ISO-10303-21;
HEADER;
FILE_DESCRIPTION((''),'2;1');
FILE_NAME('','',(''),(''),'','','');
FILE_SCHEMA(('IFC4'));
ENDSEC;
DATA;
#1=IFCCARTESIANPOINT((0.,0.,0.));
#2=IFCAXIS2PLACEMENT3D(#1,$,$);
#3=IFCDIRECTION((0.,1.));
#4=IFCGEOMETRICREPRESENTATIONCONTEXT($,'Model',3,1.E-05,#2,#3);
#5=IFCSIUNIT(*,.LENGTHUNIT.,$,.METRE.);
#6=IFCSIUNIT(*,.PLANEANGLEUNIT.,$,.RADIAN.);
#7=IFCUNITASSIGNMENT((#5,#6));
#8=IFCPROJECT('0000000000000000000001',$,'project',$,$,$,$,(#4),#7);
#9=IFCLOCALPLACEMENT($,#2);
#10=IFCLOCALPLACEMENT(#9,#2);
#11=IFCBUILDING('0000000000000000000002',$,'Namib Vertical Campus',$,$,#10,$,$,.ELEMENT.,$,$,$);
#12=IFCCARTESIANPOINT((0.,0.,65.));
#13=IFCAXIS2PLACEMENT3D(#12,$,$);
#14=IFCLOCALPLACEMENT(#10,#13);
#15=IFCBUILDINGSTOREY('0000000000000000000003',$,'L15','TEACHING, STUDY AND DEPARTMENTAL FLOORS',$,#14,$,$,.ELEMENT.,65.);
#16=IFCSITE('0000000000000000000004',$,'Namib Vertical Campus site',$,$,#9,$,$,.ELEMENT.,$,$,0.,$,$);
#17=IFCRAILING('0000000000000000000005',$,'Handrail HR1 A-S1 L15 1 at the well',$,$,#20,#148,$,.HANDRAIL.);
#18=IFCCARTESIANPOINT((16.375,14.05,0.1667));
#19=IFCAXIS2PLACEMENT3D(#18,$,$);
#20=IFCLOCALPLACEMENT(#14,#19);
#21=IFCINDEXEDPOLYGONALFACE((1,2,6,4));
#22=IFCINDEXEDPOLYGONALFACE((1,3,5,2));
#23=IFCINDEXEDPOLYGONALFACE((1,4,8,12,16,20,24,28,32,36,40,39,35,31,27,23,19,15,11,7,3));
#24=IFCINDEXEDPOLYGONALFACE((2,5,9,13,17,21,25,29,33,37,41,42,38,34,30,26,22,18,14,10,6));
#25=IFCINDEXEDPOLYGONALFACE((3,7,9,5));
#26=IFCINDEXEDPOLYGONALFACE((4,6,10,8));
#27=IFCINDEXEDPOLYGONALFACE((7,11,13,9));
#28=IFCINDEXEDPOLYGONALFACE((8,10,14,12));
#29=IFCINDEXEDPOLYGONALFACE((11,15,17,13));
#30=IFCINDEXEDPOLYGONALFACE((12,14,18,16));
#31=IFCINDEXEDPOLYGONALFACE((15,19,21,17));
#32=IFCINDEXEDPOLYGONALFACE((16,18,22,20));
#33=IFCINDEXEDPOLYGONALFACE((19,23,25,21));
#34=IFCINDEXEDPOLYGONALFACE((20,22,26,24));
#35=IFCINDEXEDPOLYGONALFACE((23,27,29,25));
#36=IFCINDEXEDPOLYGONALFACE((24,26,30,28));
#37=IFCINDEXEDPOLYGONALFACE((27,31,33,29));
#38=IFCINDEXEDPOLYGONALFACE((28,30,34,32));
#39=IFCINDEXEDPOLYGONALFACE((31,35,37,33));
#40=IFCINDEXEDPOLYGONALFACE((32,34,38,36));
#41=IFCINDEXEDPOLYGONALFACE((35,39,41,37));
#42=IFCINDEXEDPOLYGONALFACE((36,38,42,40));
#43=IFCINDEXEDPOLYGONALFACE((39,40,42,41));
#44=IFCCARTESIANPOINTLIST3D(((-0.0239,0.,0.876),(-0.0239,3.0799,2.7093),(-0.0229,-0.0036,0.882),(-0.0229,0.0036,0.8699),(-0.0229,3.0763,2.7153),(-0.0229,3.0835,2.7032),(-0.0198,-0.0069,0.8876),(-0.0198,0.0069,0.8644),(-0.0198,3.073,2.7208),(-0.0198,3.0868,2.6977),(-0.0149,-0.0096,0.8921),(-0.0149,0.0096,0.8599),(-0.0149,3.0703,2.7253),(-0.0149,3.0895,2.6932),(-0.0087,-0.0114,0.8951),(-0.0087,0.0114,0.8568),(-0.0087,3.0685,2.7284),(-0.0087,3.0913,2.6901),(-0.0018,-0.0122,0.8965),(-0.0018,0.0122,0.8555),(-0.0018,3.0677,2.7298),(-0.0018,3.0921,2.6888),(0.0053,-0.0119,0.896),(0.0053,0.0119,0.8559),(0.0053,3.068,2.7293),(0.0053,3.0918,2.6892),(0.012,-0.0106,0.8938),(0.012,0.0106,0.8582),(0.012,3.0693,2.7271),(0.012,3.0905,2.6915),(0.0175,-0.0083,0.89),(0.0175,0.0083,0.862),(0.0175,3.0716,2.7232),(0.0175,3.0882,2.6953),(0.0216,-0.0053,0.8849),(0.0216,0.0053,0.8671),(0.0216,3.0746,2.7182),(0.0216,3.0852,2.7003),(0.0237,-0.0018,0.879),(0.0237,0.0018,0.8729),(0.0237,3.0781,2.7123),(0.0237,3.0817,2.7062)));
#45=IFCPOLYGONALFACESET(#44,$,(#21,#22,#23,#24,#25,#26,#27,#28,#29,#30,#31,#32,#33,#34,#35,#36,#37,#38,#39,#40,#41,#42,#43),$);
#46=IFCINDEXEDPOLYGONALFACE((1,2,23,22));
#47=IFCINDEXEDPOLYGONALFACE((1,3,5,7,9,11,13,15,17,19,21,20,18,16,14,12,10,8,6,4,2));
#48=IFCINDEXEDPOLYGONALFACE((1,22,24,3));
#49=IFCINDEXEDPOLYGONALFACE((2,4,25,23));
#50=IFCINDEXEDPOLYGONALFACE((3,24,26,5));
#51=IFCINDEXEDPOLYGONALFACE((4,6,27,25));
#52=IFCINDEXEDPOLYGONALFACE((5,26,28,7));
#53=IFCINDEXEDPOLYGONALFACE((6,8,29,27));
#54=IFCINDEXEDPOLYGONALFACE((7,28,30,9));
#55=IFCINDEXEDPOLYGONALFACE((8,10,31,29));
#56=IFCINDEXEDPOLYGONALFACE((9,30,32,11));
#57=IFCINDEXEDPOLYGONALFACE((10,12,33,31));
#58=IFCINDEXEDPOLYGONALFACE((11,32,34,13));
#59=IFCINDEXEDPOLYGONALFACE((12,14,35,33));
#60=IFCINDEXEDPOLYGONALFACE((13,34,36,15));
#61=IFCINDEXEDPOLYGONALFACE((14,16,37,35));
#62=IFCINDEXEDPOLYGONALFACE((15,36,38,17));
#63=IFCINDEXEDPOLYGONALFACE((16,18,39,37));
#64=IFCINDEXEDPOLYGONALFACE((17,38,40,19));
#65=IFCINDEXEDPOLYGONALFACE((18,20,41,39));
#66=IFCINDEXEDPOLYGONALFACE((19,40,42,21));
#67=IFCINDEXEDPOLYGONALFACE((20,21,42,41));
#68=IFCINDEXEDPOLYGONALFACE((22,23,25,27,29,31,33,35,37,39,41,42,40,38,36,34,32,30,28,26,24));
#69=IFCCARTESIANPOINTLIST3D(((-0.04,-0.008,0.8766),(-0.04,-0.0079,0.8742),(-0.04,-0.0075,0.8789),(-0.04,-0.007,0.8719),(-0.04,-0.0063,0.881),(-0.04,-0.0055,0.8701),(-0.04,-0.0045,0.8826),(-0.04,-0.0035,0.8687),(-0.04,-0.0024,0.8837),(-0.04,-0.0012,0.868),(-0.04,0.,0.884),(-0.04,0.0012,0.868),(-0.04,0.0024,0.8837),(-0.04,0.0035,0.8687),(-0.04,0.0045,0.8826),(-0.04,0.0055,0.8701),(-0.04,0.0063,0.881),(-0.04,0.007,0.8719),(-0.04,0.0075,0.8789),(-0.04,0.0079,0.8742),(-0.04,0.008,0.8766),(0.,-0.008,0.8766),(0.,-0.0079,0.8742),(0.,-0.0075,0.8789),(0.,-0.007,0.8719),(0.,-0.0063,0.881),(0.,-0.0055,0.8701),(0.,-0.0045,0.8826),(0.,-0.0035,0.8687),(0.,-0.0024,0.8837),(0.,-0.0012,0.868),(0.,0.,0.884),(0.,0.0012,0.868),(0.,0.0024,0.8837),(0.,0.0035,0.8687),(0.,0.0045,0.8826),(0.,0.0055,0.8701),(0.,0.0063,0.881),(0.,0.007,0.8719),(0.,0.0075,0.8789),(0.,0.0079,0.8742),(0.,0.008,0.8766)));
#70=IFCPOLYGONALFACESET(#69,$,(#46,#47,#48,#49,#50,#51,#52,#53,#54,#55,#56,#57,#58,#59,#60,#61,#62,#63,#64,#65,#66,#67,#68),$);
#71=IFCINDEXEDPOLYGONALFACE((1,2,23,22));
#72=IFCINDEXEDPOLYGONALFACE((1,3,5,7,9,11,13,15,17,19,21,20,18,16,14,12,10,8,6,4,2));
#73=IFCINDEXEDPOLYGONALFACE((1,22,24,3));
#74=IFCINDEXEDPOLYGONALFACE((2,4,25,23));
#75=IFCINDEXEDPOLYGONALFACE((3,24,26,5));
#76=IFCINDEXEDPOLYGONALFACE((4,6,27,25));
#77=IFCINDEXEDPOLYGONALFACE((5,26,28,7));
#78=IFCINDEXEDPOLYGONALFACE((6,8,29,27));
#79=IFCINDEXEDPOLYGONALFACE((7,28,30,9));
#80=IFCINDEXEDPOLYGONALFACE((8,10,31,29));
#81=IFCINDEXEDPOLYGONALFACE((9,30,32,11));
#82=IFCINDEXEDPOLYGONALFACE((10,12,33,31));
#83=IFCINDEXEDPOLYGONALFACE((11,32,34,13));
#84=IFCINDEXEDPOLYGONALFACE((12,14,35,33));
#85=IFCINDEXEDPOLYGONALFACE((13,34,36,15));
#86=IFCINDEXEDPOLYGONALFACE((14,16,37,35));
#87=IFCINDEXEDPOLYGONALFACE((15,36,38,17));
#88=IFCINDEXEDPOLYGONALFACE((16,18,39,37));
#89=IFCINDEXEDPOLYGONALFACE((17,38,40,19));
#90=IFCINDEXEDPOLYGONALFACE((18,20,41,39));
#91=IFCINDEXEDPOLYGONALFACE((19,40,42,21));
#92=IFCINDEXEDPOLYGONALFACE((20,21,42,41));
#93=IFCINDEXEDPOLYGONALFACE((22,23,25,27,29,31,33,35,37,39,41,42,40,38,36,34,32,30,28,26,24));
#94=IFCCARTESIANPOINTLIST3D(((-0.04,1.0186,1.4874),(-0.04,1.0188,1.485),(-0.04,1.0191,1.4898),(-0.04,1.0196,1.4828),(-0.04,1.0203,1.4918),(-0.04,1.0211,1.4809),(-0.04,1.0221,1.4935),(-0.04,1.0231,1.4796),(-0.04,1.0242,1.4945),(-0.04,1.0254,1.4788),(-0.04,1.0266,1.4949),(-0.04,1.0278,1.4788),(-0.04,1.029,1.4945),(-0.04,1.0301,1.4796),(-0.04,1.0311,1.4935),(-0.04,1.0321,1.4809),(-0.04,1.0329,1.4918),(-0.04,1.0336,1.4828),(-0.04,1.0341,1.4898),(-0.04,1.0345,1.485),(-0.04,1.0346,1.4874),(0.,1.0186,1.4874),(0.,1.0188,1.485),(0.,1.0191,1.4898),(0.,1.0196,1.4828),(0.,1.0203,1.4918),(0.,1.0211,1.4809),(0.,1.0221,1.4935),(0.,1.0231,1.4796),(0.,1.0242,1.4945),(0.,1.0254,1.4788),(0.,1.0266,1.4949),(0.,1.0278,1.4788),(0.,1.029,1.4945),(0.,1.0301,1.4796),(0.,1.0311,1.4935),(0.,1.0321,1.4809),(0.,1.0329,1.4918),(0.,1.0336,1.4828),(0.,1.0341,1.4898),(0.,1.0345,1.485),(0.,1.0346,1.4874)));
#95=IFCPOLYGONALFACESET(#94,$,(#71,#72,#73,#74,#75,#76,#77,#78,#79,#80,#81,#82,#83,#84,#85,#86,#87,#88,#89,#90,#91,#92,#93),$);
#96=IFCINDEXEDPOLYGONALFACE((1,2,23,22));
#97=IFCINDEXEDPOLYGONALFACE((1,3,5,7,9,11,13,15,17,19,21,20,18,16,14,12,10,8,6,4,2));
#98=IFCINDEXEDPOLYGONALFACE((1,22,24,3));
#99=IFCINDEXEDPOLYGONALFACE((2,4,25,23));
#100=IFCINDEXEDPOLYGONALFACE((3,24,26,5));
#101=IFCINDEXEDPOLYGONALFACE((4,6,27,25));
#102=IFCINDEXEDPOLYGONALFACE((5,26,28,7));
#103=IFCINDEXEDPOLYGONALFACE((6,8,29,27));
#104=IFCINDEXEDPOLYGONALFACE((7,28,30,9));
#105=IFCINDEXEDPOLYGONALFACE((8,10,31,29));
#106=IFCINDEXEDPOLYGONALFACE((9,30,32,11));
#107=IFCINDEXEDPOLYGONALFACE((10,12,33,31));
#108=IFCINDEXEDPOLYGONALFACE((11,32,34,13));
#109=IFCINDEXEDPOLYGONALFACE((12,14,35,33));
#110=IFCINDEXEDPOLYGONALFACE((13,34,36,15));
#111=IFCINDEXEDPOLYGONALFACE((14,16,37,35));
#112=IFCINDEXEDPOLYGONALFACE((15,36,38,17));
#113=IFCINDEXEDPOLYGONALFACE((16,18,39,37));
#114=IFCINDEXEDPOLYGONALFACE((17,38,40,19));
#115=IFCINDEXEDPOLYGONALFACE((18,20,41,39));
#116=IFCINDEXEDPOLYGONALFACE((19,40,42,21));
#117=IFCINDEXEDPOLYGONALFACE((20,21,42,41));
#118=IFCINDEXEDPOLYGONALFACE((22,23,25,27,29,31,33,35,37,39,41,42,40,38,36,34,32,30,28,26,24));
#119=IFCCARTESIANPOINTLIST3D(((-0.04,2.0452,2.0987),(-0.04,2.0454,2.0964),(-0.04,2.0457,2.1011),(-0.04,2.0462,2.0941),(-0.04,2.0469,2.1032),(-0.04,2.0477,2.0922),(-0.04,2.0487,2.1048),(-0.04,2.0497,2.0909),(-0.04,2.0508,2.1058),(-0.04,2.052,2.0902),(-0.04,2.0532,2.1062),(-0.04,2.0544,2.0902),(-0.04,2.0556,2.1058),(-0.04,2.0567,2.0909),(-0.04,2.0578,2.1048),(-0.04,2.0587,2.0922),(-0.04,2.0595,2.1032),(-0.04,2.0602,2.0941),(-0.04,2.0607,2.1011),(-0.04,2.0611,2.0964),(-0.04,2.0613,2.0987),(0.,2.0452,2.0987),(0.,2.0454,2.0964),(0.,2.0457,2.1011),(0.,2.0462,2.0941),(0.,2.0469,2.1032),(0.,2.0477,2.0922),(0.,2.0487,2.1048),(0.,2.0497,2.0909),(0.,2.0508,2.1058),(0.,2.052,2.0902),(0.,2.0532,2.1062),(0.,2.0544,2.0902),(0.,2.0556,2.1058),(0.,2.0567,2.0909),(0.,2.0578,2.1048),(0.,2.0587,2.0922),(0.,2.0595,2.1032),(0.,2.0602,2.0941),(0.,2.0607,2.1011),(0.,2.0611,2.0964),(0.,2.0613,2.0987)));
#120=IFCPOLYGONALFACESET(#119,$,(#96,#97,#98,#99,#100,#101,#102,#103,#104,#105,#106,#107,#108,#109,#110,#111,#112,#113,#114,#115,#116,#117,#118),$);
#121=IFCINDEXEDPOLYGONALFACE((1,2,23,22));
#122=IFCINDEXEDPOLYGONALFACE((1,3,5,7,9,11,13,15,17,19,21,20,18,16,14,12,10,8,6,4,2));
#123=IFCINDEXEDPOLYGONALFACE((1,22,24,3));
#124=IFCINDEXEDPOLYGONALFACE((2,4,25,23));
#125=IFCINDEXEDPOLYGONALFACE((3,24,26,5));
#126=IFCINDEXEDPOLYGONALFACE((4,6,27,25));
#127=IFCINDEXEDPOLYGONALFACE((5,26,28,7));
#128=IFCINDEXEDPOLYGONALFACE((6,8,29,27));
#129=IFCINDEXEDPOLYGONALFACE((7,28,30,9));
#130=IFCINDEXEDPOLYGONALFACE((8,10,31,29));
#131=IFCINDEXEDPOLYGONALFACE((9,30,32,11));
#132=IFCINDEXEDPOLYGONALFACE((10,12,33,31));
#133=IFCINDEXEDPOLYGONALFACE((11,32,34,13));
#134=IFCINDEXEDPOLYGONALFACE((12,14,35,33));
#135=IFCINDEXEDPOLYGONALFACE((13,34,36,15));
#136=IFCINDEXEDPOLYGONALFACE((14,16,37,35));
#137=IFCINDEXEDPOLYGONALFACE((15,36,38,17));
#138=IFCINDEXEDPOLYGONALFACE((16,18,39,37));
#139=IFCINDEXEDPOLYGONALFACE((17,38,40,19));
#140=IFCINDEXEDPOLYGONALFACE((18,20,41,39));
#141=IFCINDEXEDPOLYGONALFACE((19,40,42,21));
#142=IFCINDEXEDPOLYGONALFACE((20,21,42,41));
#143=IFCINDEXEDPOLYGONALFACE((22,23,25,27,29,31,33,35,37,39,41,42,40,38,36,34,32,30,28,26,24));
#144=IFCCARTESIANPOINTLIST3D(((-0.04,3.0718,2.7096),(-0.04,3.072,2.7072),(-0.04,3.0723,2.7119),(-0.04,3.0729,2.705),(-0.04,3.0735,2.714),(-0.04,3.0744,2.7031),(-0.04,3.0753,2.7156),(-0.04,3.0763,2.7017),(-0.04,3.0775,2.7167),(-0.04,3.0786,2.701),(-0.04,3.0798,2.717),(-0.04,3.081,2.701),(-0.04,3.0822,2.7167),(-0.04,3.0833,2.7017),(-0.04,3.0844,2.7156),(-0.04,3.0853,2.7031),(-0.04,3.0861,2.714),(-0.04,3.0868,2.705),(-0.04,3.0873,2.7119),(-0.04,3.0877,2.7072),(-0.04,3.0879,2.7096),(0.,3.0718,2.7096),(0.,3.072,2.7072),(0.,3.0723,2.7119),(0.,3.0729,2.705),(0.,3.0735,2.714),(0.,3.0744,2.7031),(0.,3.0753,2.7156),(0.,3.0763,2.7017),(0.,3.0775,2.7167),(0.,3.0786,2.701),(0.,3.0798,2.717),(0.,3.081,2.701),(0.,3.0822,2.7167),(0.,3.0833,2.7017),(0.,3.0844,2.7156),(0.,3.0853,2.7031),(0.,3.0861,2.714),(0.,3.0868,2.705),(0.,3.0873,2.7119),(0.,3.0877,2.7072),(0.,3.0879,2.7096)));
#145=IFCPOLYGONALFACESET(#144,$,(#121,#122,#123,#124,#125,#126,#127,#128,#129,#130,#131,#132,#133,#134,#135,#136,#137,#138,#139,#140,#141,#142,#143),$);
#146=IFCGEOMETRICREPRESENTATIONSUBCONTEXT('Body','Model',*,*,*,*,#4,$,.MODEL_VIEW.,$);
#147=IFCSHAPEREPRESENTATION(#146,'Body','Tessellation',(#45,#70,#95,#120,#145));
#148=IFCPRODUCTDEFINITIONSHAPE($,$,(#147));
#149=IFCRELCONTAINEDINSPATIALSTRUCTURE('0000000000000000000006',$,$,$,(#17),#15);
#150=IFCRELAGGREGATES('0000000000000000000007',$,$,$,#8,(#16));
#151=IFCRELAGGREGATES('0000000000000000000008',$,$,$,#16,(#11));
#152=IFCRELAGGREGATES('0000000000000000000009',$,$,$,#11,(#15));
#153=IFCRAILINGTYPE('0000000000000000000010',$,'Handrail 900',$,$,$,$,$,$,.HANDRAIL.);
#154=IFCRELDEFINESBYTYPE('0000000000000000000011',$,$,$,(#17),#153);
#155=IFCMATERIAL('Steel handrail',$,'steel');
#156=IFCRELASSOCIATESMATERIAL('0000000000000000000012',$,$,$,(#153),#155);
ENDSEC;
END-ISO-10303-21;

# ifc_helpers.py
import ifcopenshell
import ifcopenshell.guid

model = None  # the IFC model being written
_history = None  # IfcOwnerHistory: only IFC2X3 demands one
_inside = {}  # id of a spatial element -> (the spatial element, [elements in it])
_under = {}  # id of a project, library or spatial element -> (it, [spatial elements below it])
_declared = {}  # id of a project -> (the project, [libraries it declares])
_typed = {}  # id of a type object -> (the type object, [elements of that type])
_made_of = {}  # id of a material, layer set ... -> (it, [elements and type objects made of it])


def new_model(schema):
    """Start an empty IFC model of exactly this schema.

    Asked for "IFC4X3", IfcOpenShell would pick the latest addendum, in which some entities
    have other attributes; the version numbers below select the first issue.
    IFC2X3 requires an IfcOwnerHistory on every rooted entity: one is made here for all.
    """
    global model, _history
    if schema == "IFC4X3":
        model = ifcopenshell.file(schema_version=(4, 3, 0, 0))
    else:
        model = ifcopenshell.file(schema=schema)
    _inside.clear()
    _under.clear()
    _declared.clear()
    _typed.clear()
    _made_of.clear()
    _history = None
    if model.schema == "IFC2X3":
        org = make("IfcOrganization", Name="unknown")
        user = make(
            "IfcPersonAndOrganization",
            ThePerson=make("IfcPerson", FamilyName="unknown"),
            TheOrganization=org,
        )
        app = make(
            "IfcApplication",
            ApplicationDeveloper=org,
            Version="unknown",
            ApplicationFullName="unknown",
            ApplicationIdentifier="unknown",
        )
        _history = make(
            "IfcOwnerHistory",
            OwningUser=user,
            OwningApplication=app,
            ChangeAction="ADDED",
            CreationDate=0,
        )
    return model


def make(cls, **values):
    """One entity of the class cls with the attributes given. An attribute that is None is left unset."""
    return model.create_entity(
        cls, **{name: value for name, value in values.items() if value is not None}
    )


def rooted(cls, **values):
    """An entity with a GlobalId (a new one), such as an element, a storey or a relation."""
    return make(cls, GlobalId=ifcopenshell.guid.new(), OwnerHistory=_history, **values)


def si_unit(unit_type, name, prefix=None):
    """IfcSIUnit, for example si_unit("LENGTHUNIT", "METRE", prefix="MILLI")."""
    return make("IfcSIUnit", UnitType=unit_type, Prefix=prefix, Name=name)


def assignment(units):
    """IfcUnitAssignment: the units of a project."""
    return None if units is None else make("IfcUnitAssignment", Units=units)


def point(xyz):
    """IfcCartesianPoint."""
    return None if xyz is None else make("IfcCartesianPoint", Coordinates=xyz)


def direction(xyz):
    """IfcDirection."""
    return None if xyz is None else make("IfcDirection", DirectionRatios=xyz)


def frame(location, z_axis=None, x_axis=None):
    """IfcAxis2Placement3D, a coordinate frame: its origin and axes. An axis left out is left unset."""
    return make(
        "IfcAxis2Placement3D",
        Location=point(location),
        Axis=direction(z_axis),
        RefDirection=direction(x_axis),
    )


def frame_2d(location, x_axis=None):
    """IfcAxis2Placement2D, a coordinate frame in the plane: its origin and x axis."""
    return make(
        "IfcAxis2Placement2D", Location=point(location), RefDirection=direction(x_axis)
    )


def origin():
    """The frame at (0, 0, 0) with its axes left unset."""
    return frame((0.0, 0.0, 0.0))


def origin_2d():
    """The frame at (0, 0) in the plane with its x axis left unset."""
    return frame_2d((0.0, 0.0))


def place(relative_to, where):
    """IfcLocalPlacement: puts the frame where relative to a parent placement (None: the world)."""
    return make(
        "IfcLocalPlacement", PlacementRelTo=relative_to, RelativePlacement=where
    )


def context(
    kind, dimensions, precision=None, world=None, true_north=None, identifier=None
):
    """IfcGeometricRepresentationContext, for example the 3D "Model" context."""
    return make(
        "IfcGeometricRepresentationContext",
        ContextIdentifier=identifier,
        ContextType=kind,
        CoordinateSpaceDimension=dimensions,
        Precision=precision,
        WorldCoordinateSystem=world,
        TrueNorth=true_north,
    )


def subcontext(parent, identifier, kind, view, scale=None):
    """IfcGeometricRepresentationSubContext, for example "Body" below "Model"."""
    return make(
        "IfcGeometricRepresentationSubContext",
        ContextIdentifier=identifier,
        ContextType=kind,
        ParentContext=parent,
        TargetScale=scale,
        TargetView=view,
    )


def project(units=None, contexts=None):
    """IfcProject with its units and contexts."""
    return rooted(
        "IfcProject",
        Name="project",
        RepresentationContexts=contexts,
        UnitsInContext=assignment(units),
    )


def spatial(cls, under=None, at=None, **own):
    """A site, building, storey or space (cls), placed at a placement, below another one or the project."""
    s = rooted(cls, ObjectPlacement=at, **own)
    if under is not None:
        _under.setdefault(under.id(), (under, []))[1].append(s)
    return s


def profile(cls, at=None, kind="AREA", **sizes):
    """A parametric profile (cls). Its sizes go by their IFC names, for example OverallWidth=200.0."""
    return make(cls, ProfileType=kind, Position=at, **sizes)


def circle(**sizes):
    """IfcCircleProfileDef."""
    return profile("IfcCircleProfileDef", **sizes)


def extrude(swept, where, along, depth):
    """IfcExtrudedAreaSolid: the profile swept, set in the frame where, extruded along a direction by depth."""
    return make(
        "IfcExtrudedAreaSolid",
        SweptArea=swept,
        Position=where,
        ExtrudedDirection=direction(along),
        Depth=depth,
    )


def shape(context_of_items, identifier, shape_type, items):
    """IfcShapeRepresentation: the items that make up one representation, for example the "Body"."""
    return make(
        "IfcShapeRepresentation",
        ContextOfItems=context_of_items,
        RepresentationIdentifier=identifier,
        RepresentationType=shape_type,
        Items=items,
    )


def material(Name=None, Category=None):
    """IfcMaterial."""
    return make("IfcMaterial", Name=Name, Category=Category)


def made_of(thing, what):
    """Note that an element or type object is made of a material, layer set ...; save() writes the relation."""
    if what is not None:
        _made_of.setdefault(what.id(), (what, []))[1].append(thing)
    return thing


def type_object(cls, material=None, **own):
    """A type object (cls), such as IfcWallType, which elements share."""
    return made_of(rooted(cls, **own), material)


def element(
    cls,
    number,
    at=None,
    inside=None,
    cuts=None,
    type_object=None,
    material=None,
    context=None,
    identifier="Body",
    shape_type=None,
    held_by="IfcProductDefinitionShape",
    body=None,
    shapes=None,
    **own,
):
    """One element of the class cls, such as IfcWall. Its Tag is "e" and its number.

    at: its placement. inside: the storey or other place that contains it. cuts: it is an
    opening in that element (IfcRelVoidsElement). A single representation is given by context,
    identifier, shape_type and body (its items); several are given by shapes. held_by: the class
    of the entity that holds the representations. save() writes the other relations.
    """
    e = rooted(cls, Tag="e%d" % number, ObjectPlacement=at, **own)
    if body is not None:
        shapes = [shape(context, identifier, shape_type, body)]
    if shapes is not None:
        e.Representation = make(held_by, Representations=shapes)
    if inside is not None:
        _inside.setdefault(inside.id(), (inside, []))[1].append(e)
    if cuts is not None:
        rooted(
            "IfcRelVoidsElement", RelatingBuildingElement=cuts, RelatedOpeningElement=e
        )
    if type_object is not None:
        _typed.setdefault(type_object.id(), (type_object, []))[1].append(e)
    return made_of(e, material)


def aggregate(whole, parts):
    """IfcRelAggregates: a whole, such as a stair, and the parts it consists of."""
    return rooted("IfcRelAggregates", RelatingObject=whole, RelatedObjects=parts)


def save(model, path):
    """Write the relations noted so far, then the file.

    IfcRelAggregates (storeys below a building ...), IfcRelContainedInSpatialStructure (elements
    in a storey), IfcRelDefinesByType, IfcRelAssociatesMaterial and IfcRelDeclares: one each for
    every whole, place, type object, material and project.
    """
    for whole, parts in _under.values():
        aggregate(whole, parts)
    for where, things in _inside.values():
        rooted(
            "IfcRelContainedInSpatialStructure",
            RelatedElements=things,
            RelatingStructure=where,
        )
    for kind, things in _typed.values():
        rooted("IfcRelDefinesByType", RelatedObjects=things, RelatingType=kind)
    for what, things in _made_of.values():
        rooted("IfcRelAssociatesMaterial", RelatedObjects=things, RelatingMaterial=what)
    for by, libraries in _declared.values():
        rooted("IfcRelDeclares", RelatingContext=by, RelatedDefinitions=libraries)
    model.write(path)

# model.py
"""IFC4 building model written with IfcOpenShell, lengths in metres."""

from ifc_helpers import new_model, si_unit, direction, frame, origin, origin_2d, place, context, subcontext, project, spatial, circle, extrude, material, type_object, element, save


model = new_model("IFC4")

# Units and contexts
model_context = context("Model", 3, precision=1e-05, world=origin(), true_north=direction((0.0, 1.0)))
body_context = subcontext(model_context, "Body", "Model", "MODEL_VIEW")
ifc_project = project(units=[si_unit("LENGTHUNIT", "METRE"), si_unit("PLANEANGLEUNIT", "RADIAN")], contexts=[model_context])

# Site, building, storey
site_placement = place(None, origin())
site = spatial("IfcSite", under=ifc_project, at=site_placement, Name="Namib Vertical Campus site", CompositionType="ELEMENT", RefElevation=0.0)
building_placement = place(site_placement, origin())
building = spatial("IfcBuilding", under=site, at=building_placement, Name="Namib Vertical Campus", CompositionType="ELEMENT")
storey_placement = place(building_placement, frame((0.0, 0.0, 65.0)))
storey = spatial("IfcBuildingStorey", under=building, at=storey_placement, Name="L15", Description="TEACHING, STUDY AND DEPARTMENTAL FLOORS", CompositionType="ELEMENT", Elevation=65.0)

# Railing
ifc_material_1 = material(Name="Steel handrail", Category="steel")
railing_type_1 = type_object("IfcRailingType", Name="Handrail 900", PredefinedType="HANDRAIL", material=ifc_material_1)
railing_1_placement = place(storey_placement, frame((16.375, 14.05, 0.1667)))
element("IfcRailing", 1, at=railing_1_placement, inside=storey, type_object=railing_type_1, Name="Handrail HR1 A-S1 L15 1 at the well", PredefinedType="HANDRAIL", context=body_context, shape_type="SweptSolid", body=[
    extrude(circle(Radius=0.0239, at=origin_2d()), frame((0.0, 0.0, 0.876), z_axis=(0.0, 0.859291, 0.511487), x_axis=(-1.0, 0.0, 0.0)), (0.0, 0.0, 1.0), 3.5842),
    extrude(circle(Radius=0.0081, at=origin_2d()), frame((0.0, 0.0, 0.876), z_axis=(-1.0, 0.0, 0.0), x_axis=(0.0, 0.0, 1.0)), (0.0, 0.0, 1.0), 0.04),
    extrude(circle(Radius=0.0081, at=origin_2d()), frame((0.0, 1.0266, 1.4868), z_axis=(-1.0, 0.0, 0.0), x_axis=(0.0, 0.0, 1.0)), (0.0, 0.0, 1.0), 0.04),
    extrude(circle(Radius=0.0081, at=origin_2d()), frame((0.0, 2.0532, 2.0981), z_axis=(-1.0, 0.0, 0.0), x_axis=(0.0, 0.0, 1.0)), (0.0, 0.0, 1.0), 0.04),
    extrude(circle(Radius=0.0081, at=origin_2d()), frame((0.0, 3.0798, 2.709), z_axis=(-1.0, 0.0, 0.0), x_axis=(0.0, 0.0, 1.0)), (0.0, 0.0, 1.0), 0.04),
])

save(model, "model.ifc")
